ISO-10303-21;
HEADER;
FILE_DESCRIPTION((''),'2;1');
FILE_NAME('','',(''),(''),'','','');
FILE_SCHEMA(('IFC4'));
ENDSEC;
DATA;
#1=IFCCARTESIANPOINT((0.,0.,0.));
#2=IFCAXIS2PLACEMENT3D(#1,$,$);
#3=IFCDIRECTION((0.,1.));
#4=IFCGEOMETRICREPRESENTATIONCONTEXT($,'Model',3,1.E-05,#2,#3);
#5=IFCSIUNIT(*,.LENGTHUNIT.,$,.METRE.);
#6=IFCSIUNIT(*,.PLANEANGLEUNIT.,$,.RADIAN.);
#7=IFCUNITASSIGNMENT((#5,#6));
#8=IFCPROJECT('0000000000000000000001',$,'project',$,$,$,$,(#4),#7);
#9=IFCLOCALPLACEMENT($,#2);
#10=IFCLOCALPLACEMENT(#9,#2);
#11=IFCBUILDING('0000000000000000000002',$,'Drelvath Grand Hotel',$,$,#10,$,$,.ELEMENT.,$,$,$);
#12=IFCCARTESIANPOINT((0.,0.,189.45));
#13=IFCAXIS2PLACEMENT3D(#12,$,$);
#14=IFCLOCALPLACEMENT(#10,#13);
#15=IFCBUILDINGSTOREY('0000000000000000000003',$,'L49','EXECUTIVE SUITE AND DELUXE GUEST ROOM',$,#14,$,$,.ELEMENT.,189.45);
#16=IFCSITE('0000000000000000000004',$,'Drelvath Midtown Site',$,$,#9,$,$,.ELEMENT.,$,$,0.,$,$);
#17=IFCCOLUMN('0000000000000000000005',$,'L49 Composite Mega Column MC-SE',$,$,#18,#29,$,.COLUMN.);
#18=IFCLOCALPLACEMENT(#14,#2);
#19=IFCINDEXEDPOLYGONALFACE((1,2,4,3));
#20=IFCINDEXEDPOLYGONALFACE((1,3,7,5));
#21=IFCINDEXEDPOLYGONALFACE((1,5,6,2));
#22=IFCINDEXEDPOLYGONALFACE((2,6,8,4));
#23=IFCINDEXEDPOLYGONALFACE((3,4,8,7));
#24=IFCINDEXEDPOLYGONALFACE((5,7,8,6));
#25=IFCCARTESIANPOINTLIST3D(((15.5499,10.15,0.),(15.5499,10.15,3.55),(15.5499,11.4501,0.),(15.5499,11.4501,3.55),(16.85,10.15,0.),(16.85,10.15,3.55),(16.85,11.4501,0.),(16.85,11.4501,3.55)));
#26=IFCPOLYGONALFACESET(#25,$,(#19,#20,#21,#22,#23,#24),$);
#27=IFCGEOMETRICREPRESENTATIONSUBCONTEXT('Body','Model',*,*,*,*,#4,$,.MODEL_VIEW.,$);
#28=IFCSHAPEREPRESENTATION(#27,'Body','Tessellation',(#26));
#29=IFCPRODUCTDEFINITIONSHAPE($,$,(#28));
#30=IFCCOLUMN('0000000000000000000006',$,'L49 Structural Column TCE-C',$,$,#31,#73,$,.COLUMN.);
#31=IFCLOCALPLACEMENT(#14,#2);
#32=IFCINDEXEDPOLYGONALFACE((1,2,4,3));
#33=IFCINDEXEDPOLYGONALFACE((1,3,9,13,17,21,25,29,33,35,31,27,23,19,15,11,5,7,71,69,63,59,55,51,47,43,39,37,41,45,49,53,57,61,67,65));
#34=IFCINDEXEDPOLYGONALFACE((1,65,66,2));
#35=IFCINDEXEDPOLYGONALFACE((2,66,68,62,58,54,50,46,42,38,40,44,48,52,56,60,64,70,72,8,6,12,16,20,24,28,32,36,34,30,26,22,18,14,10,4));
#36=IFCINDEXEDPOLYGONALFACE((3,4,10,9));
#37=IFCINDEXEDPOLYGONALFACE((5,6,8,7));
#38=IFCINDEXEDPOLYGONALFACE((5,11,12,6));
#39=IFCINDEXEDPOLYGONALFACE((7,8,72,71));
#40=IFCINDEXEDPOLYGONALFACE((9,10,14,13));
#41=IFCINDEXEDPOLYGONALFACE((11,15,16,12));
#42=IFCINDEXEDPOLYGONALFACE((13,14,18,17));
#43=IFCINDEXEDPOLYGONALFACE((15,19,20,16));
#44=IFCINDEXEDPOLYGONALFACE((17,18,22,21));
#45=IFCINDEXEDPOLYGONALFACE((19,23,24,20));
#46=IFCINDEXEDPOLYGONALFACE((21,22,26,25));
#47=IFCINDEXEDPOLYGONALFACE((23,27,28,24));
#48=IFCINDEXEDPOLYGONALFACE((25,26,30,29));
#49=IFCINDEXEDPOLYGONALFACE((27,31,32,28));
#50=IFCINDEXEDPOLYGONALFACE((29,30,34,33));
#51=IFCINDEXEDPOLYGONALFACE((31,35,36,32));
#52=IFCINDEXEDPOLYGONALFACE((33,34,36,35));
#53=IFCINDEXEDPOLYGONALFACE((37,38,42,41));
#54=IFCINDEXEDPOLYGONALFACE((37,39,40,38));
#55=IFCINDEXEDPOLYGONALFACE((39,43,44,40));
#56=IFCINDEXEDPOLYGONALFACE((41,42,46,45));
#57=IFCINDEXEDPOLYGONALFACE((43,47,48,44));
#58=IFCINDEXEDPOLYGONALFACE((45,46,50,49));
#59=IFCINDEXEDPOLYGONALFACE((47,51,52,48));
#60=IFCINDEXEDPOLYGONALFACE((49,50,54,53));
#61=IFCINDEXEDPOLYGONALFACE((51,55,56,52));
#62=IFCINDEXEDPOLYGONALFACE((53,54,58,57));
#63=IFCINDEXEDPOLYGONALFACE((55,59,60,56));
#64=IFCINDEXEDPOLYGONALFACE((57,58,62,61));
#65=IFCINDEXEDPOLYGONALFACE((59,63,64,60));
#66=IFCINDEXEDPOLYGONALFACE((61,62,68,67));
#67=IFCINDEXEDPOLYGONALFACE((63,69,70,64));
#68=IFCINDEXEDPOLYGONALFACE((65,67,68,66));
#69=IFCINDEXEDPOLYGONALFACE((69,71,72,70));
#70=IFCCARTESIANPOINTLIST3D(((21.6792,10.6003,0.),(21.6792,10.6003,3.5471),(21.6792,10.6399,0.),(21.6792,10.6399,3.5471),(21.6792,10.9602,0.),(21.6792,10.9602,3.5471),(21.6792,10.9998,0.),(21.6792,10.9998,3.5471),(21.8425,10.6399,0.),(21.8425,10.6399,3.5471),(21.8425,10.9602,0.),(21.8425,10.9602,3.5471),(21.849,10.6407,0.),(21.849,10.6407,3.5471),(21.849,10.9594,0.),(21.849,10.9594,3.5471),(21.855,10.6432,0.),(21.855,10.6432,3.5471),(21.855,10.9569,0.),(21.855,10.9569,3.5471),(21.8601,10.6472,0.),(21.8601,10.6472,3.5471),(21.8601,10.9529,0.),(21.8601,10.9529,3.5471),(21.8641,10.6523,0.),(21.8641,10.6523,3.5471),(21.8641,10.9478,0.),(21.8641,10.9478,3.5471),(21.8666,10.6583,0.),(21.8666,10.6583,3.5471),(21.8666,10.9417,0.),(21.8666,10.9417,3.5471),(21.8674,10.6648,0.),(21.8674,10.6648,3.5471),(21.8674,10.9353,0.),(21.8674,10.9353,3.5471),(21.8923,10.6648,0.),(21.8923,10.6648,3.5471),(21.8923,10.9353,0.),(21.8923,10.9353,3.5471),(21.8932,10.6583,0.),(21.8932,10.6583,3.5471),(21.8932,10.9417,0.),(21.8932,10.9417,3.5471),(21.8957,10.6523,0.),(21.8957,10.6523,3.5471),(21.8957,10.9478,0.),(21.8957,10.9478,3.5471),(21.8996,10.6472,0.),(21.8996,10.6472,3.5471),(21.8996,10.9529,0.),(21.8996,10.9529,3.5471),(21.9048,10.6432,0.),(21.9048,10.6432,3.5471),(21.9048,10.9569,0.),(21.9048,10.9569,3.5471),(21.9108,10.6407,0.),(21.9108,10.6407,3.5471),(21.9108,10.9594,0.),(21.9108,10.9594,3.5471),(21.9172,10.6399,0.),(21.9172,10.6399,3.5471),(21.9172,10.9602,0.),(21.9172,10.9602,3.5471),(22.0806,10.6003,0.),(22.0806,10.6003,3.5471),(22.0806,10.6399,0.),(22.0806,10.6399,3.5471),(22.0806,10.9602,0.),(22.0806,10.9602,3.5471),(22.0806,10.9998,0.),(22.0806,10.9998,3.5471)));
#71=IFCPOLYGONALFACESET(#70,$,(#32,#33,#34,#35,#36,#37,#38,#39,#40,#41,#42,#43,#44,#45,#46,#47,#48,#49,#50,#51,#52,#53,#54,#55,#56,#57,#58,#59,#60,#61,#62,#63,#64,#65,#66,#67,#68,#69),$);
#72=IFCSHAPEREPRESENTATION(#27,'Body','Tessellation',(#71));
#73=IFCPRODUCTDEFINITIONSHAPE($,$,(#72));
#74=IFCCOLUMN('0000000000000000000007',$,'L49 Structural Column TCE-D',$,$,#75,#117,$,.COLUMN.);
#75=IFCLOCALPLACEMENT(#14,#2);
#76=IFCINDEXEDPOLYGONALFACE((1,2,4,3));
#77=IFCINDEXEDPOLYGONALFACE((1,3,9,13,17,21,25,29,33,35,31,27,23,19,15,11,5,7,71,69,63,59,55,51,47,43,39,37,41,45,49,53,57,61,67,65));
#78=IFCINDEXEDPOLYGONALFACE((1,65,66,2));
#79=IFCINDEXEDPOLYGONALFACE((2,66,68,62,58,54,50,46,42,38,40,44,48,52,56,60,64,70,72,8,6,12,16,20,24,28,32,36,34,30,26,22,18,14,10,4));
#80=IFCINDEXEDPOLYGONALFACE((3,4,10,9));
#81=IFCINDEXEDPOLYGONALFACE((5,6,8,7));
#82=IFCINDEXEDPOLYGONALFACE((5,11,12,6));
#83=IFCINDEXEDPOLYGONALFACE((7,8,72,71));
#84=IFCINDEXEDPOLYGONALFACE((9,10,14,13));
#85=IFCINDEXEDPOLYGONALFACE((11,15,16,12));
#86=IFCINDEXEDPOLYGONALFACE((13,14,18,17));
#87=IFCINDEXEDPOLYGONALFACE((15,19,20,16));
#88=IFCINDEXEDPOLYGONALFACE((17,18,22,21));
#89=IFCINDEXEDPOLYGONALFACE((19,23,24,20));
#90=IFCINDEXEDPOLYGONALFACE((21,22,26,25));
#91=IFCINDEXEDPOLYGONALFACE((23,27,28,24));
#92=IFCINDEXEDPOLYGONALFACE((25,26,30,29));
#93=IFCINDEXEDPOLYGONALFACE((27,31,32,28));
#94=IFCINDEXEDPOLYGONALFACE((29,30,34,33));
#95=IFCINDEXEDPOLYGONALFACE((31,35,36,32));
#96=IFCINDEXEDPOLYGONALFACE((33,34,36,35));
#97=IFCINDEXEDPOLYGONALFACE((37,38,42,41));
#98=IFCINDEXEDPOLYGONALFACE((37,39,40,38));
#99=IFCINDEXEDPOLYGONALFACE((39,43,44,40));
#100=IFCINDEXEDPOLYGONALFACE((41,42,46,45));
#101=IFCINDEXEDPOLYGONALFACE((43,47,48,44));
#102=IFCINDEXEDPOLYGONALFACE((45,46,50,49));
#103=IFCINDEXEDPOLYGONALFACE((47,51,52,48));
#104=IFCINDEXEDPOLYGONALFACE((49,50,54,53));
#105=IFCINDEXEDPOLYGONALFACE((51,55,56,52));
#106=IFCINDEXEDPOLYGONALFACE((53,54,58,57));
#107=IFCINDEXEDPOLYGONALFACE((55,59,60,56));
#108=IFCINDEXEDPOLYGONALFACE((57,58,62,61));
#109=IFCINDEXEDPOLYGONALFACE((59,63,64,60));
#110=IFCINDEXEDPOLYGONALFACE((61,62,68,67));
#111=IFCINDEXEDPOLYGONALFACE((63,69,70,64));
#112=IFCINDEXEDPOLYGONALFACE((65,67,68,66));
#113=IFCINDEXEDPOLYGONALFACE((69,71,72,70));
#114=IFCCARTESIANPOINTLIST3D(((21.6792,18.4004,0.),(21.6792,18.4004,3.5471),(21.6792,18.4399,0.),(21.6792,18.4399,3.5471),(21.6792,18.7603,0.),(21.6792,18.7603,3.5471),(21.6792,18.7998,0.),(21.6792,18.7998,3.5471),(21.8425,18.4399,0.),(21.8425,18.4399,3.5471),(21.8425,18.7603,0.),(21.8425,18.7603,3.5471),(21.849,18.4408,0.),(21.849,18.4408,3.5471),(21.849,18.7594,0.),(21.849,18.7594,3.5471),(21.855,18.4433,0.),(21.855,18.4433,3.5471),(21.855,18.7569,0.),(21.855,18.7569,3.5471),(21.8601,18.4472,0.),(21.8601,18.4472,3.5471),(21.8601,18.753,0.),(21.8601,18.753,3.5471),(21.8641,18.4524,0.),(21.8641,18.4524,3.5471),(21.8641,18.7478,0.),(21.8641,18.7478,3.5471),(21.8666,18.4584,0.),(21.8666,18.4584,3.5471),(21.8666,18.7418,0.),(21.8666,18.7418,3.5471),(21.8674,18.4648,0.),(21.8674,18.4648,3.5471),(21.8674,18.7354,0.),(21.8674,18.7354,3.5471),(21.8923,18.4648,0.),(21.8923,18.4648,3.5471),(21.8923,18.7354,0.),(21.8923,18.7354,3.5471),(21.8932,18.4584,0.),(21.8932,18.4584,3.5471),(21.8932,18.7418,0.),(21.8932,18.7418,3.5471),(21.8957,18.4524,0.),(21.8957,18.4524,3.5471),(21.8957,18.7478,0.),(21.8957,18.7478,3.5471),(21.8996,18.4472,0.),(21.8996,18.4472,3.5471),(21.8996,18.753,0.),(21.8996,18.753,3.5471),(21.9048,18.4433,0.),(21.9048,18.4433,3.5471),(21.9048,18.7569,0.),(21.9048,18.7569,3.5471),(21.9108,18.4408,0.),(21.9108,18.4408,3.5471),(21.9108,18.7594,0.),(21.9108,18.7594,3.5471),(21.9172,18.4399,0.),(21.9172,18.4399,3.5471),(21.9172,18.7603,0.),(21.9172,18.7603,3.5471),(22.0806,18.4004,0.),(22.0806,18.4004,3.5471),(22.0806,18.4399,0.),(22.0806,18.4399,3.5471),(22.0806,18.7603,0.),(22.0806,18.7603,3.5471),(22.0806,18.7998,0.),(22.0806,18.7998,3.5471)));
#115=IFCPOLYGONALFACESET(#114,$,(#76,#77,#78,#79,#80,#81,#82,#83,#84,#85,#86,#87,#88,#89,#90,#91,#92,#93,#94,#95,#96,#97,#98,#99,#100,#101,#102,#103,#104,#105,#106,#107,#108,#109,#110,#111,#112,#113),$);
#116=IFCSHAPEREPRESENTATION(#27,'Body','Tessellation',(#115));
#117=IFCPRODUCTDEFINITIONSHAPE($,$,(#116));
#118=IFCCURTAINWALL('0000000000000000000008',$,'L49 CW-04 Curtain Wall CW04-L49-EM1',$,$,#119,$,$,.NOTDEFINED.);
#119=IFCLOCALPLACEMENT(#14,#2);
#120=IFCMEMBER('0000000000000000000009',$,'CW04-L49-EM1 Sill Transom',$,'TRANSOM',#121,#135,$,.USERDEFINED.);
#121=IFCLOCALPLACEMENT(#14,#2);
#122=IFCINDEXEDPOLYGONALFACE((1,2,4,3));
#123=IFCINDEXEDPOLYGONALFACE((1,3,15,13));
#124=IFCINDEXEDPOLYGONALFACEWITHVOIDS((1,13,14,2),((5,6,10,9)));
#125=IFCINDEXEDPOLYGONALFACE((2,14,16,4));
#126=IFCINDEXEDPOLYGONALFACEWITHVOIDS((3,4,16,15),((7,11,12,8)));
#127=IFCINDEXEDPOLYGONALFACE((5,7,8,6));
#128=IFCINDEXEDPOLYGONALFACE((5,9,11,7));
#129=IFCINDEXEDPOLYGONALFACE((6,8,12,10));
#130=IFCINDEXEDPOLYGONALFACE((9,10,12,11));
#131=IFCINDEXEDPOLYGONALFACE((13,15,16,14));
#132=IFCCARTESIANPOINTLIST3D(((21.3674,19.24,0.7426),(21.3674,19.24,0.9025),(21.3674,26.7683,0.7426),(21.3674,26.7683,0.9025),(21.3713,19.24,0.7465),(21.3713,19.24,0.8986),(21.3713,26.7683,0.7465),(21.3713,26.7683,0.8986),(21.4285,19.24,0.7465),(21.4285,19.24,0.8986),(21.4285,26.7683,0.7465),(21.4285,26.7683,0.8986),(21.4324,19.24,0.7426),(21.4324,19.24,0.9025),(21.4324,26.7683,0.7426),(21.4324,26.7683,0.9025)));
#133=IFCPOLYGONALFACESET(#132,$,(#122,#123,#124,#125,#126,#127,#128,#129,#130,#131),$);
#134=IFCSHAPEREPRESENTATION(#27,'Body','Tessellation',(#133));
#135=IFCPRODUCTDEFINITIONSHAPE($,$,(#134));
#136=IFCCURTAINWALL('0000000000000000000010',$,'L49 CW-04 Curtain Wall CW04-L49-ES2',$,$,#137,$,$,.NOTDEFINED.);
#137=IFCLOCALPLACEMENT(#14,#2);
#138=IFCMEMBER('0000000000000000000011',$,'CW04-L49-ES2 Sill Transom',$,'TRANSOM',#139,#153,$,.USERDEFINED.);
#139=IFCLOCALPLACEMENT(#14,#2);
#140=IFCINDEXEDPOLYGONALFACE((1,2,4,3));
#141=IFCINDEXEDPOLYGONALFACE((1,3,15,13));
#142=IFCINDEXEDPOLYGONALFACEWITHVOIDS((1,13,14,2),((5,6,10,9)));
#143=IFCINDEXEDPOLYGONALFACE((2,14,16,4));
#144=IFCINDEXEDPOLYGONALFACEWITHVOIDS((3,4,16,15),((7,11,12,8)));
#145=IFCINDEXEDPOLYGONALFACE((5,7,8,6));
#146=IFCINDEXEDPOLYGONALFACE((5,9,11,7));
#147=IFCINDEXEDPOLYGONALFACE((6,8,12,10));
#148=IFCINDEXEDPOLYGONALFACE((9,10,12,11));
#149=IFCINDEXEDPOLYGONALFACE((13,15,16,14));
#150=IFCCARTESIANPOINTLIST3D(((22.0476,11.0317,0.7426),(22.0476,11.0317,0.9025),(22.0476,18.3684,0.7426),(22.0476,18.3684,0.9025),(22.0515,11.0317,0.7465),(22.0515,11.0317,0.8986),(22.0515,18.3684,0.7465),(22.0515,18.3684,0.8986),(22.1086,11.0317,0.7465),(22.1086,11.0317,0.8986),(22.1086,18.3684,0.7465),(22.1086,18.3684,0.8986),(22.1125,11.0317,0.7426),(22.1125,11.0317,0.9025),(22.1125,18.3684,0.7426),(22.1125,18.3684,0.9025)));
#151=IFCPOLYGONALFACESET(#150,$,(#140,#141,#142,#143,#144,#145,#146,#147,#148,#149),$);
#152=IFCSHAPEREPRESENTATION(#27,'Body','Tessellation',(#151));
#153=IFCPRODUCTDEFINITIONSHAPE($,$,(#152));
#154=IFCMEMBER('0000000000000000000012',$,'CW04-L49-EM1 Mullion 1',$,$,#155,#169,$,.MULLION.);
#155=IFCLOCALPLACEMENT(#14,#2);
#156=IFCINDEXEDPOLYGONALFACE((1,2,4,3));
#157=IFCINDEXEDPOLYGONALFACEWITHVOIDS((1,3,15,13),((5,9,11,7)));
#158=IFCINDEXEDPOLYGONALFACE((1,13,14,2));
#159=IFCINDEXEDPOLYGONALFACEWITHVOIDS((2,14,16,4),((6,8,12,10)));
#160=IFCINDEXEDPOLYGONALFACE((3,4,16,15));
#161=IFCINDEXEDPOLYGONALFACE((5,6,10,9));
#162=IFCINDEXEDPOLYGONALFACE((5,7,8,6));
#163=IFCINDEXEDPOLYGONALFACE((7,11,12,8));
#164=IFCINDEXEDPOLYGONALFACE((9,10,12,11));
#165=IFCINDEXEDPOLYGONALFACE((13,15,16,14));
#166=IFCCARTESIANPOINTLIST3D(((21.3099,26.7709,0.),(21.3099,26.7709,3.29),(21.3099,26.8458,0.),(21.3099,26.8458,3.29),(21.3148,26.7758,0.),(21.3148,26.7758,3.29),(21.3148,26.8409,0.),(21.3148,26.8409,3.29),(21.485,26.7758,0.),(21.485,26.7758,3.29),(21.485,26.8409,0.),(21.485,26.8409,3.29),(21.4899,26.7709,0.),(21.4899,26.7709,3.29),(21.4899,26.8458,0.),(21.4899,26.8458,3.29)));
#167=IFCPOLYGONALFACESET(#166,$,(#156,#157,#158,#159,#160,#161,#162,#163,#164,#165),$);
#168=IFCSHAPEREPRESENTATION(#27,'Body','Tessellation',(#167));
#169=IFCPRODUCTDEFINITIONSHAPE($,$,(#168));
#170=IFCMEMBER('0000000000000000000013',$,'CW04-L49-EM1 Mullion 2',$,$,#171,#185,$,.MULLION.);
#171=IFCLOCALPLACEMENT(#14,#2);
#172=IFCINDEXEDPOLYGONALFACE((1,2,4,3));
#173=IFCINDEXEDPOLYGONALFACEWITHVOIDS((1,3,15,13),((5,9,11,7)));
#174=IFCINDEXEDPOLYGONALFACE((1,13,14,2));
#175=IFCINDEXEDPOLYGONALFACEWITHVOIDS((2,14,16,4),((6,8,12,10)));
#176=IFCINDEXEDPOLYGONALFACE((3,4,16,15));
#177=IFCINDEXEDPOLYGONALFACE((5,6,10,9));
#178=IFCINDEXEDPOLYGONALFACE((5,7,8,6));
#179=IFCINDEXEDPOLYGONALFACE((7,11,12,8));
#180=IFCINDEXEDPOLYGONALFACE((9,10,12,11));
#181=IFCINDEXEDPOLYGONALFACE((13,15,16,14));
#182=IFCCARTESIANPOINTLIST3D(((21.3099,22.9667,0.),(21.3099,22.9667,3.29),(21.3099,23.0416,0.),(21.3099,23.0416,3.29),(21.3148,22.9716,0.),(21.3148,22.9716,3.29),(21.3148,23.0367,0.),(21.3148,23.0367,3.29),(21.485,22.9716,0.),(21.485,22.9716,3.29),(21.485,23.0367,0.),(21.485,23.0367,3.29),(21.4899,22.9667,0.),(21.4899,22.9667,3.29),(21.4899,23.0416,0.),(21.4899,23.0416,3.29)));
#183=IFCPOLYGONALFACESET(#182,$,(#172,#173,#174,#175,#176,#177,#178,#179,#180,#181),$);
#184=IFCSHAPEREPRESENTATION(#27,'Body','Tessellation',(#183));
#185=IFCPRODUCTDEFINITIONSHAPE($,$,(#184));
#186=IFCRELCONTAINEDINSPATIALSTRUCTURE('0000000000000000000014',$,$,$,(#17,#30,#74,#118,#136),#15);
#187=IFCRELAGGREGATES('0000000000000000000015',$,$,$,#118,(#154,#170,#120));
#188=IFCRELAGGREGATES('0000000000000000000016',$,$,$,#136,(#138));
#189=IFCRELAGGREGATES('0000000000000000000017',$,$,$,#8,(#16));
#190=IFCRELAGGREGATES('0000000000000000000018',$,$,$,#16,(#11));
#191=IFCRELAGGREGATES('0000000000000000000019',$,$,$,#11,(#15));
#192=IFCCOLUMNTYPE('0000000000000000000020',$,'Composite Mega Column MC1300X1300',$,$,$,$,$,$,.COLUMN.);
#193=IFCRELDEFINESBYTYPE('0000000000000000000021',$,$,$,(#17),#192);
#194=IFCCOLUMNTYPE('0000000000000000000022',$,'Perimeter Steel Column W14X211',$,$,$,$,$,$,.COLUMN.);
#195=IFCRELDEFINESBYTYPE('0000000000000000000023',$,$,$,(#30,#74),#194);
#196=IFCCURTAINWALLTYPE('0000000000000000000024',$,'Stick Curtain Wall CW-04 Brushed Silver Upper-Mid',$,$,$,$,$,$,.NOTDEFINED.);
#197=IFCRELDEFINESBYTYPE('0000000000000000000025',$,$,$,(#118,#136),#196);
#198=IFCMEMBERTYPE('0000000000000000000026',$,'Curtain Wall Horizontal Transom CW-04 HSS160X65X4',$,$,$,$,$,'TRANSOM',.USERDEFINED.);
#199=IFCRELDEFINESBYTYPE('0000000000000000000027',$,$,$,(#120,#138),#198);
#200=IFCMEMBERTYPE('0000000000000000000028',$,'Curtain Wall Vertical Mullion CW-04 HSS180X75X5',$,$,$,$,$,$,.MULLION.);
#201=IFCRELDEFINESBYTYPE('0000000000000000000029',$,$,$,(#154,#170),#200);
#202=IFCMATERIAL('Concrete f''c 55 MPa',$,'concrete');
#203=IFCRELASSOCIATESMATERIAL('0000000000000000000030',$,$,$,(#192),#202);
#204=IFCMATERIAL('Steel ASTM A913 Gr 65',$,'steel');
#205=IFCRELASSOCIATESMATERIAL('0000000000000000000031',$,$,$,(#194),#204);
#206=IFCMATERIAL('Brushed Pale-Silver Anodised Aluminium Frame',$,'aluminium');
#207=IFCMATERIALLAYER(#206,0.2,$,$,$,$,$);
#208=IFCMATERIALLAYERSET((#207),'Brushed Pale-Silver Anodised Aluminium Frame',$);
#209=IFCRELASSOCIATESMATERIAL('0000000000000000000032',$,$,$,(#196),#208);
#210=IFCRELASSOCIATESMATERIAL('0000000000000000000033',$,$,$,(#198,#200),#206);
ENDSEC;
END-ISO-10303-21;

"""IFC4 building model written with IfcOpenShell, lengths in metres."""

from ifc_helpers import new_model, si_unit, direction, frame, origin, origin_2d, place, context, subcontext, project, spatial, rectangle, hollow_rectangle, i_section, extrude, material, layer, layer_set, material_profile, profile_set, type_object, element, aggregate, save


model = new_model("IFC4")

# Units and contexts
model_context = context("Model", 3, precision=1e-05, world=origin(), true_north=direction((0.0, 1.0)))
body_context = subcontext(model_context, "Body", "Model", "MODEL_VIEW")
ifc_project = project(units=[si_unit("LENGTHUNIT", "METRE"), si_unit("PLANEANGLEUNIT", "RADIAN")], contexts=[model_context])

# Site, building, storey
site_placement = place(None, origin())
site = spatial("IfcSite", under=ifc_project, at=site_placement, Name="Drelvath Midtown Site", CompositionType="ELEMENT", RefElevation=0.0)
building_placement = place(site_placement, origin())
building = spatial("IfcBuilding", under=site, at=building_placement, Name="Drelvath Grand Hotel", CompositionType="ELEMENT")
storey_placement = place(building_placement, frame((0.0, 0.0, 189.45)))
storey = spatial("IfcBuildingStorey", under=building, at=storey_placement, Name="L49", Description="EXECUTIVE SUITE AND DELUXE GUEST ROOM", CompositionType="ELEMENT", Elevation=189.45)

# Columns
ifc_material_1 = material(Name="Concrete f'c 55 MPa", Category="concrete")
ifc_material_profile_1 = material_profile(ifc_material_1, rectangle(XDim=1.3, YDim=1.3, at=origin_2d()), Name="MC1300X1300")
ifc_profile_set_1 = profile_set([ifc_material_profile_1], Name="Concrete f'c 55 MPa")
column_type_1 = type_object("IfcColumnType", Name="Composite Mega Column MC1300X1300", PredefinedType="COLUMN", material=ifc_profile_set_1)
column_placement = place(storey_placement, frame((16.2, 10.8, 0.0), z_axis=(0.0, 0.0, 1.0), x_axis=(1.0, 0.0, 0.0)))
element("IfcColumn", 1, at=column_placement, inside=storey, type_object=column_type_1, Name="L49 Composite Mega Column MC-SE", PredefinedType="COLUMN", context=body_context, shape_type="SweptSolid", body=[
    extrude(rectangle(XDim=1.3, YDim=1.3, at=origin_2d()), origin(), (0.0, 0.0, 1.0), 3.55),
])
ifc_material_2 = material(Name="Steel ASTM A913 Gr 65", Category="steel")
ifc_material_profile_2 = material_profile(ifc_material_2, i_section(OverallWidth=0.4014, OverallDepth=0.3994, WebThickness=0.0249, FlangeThickness=0.0396, FilletRadius=0.0249, at=origin_2d()), Name="W14X211")
ifc_profile_set_2 = profile_set([ifc_material_profile_2], Name="Steel ASTM A913 Gr 65")
column_type_2 = type_object("IfcColumnType", Name="Perimeter Steel Column W14X211", PredefinedType="COLUMN", material=ifc_profile_set_2)
for number, where, z_axis, x_axis, name in (
    (2, (21.8799, 10.8, 0.0), (0.0, 0.0, 1.0), (1.0, 0.0, 0.0), "L49 Structural Column TCE-C"),
    (3, (21.8799, 18.6001, 0.0), (0.0, 0.0, 1.0), (1.0, 0.0, 0.0), "L49 Structural Column TCE-D"),
):
    element("IfcColumn", number, at=place(storey_placement, frame(where, z_axis=z_axis, x_axis=x_axis)), inside=storey, type_object=column_type_2, Name=name, PredefinedType="COLUMN", context=body_context, shape_type="SweptSolid", body=[
        extrude(i_section(OverallWidth=0.4014, OverallDepth=0.3994, WebThickness=0.0249, FlangeThickness=0.0396, FilletRadius=0.0249, at=origin_2d()), origin(), (0.0, 0.0, 1.0), 3.5471),
    ])

# Curtain walls, members
ifc_material_3 = material(Name="Brushed Pale-Silver Anodised Aluminium Frame", Category="aluminium")
ifc_layer_1 = layer(ifc_material_3, 0.2)
ifc_layer_set_1 = layer_set([ifc_layer_1], Name="Brushed Pale-Silver Anodised Aluminium Frame")
curtain_wall_type = type_object("IfcCurtainWallType", Name="Stick Curtain Wall CW-04 Brushed Silver Upper-Mid", PredefinedType="NOTDEFINED", material=ifc_layer_set_1)
curtain_wall_1_placement = place(storey_placement, origin())
curtain_wall_1 = element("IfcCurtainWall", 4, at=curtain_wall_1_placement, inside=storey, type_object=curtain_wall_type, Name="L49 CW-04 Curtain Wall CW04-L49-EM1", PredefinedType="NOTDEFINED")
ifc_material_profile_3 = material_profile(ifc_material_3, hollow_rectangle(XDim=0.0649, YDim=0.1599, WallThickness=0.0039, at=origin_2d()), Name="HSS160X65X4")
ifc_profile_set_3 = profile_set([ifc_material_profile_3], Name="Brushed Pale-Silver Anodised Aluminium Frame")
member_type_1 = type_object("IfcMemberType", Name="Curtain Wall Horizontal Transom CW-04 HSS160X65X4", ElementType="TRANSOM", PredefinedType="USERDEFINED", material=ifc_profile_set_3)
member_1_placement = place(storey_placement, frame((21.3999, 26.7683, 0.8225), z_axis=(0.0, -1.0, 0.0), x_axis=(1.0, 0.0, 0.0)))
member_1 = element("IfcMember", 5, at=member_1_placement, type_object=member_type_1, Name="CW04-L49-EM1 Sill Transom", ObjectType="TRANSOM", PredefinedType="USERDEFINED", context=body_context, shape_type="SweptSolid", body=[
    extrude(hollow_rectangle(XDim=0.0649, YDim=0.1599, WallThickness=0.0039, at=origin_2d()), origin(), (0.0, 0.0, 1.0), 7.5283),
])
curtain_wall_2_placement = place(storey_placement, origin())
curtain_wall_2 = element("IfcCurtainWall", 6, at=curtain_wall_2_placement, inside=storey, type_object=curtain_wall_type, Name="L49 CW-04 Curtain Wall CW04-L49-ES2", PredefinedType="NOTDEFINED")
member_2_placement = place(storey_placement, frame((22.0801, 18.3684, 0.8225), z_axis=(0.0, -1.0, 0.0), x_axis=(1.0, 0.0, 0.0)))
member_2 = element("IfcMember", 7, at=member_2_placement, type_object=member_type_1, Name="CW04-L49-ES2 Sill Transom", ObjectType="TRANSOM", PredefinedType="USERDEFINED", context=body_context, shape_type="SweptSolid", body=[
    extrude(hollow_rectangle(XDim=0.0649, YDim=0.1599, WallThickness=0.0039, at=origin_2d()), origin(), (0.0, 0.0, 1.0), 7.3367),
])

# Members
ifc_material_profile_4 = material_profile(ifc_material_3, hollow_rectangle(XDim=0.075, YDim=0.1799, WallThickness=0.0049, at=origin_2d()), Name="HSS180X75X5")
ifc_profile_set_4 = profile_set([ifc_material_profile_4], Name="Brushed Pale-Silver Anodised Aluminium Frame")
member_type_2 = type_object("IfcMemberType", Name="Curtain Wall Vertical Mullion CW-04 HSS180X75X5", PredefinedType="MULLION", material=ifc_profile_set_4)
member_3_placement = place(storey_placement, frame((21.3999, 26.8083, 0.0), z_axis=(0.0, 0.0, 1.0), x_axis=(0.0, 1.0, 0.0)))
member_3 = element("IfcMember", 8, at=member_3_placement, type_object=member_type_2, Name="CW04-L49-EM1 Mullion 1", PredefinedType="MULLION", context=body_context, shape_type="SweptSolid", body=[
    extrude(hollow_rectangle(XDim=0.075, YDim=0.1799, WallThickness=0.0049, at=origin_2d()), origin(), (0.0, 0.0, 1.0), 3.29),
])
member_4_placement = place(storey_placement, frame((21.3999, 23.0042, 0.0), z_axis=(0.0, 0.0, 1.0), x_axis=(0.0, 1.0, 0.0)))
member_4 = element("IfcMember", 9, at=member_4_placement, type_object=member_type_2, Name="CW04-L49-EM1 Mullion 2", PredefinedType="MULLION", context=body_context, shape_type="SweptSolid", body=[
    extrude(hollow_rectangle(XDim=0.075, YDim=0.1799, WallThickness=0.0049, at=origin_2d()), origin(), (0.0, 0.0, 1.0), 3.29),
])

aggregate(curtain_wall_1, [member_3, member_4, member_1])
aggregate(curtain_wall_2, [member_2])

save(model, "model.ifc")
